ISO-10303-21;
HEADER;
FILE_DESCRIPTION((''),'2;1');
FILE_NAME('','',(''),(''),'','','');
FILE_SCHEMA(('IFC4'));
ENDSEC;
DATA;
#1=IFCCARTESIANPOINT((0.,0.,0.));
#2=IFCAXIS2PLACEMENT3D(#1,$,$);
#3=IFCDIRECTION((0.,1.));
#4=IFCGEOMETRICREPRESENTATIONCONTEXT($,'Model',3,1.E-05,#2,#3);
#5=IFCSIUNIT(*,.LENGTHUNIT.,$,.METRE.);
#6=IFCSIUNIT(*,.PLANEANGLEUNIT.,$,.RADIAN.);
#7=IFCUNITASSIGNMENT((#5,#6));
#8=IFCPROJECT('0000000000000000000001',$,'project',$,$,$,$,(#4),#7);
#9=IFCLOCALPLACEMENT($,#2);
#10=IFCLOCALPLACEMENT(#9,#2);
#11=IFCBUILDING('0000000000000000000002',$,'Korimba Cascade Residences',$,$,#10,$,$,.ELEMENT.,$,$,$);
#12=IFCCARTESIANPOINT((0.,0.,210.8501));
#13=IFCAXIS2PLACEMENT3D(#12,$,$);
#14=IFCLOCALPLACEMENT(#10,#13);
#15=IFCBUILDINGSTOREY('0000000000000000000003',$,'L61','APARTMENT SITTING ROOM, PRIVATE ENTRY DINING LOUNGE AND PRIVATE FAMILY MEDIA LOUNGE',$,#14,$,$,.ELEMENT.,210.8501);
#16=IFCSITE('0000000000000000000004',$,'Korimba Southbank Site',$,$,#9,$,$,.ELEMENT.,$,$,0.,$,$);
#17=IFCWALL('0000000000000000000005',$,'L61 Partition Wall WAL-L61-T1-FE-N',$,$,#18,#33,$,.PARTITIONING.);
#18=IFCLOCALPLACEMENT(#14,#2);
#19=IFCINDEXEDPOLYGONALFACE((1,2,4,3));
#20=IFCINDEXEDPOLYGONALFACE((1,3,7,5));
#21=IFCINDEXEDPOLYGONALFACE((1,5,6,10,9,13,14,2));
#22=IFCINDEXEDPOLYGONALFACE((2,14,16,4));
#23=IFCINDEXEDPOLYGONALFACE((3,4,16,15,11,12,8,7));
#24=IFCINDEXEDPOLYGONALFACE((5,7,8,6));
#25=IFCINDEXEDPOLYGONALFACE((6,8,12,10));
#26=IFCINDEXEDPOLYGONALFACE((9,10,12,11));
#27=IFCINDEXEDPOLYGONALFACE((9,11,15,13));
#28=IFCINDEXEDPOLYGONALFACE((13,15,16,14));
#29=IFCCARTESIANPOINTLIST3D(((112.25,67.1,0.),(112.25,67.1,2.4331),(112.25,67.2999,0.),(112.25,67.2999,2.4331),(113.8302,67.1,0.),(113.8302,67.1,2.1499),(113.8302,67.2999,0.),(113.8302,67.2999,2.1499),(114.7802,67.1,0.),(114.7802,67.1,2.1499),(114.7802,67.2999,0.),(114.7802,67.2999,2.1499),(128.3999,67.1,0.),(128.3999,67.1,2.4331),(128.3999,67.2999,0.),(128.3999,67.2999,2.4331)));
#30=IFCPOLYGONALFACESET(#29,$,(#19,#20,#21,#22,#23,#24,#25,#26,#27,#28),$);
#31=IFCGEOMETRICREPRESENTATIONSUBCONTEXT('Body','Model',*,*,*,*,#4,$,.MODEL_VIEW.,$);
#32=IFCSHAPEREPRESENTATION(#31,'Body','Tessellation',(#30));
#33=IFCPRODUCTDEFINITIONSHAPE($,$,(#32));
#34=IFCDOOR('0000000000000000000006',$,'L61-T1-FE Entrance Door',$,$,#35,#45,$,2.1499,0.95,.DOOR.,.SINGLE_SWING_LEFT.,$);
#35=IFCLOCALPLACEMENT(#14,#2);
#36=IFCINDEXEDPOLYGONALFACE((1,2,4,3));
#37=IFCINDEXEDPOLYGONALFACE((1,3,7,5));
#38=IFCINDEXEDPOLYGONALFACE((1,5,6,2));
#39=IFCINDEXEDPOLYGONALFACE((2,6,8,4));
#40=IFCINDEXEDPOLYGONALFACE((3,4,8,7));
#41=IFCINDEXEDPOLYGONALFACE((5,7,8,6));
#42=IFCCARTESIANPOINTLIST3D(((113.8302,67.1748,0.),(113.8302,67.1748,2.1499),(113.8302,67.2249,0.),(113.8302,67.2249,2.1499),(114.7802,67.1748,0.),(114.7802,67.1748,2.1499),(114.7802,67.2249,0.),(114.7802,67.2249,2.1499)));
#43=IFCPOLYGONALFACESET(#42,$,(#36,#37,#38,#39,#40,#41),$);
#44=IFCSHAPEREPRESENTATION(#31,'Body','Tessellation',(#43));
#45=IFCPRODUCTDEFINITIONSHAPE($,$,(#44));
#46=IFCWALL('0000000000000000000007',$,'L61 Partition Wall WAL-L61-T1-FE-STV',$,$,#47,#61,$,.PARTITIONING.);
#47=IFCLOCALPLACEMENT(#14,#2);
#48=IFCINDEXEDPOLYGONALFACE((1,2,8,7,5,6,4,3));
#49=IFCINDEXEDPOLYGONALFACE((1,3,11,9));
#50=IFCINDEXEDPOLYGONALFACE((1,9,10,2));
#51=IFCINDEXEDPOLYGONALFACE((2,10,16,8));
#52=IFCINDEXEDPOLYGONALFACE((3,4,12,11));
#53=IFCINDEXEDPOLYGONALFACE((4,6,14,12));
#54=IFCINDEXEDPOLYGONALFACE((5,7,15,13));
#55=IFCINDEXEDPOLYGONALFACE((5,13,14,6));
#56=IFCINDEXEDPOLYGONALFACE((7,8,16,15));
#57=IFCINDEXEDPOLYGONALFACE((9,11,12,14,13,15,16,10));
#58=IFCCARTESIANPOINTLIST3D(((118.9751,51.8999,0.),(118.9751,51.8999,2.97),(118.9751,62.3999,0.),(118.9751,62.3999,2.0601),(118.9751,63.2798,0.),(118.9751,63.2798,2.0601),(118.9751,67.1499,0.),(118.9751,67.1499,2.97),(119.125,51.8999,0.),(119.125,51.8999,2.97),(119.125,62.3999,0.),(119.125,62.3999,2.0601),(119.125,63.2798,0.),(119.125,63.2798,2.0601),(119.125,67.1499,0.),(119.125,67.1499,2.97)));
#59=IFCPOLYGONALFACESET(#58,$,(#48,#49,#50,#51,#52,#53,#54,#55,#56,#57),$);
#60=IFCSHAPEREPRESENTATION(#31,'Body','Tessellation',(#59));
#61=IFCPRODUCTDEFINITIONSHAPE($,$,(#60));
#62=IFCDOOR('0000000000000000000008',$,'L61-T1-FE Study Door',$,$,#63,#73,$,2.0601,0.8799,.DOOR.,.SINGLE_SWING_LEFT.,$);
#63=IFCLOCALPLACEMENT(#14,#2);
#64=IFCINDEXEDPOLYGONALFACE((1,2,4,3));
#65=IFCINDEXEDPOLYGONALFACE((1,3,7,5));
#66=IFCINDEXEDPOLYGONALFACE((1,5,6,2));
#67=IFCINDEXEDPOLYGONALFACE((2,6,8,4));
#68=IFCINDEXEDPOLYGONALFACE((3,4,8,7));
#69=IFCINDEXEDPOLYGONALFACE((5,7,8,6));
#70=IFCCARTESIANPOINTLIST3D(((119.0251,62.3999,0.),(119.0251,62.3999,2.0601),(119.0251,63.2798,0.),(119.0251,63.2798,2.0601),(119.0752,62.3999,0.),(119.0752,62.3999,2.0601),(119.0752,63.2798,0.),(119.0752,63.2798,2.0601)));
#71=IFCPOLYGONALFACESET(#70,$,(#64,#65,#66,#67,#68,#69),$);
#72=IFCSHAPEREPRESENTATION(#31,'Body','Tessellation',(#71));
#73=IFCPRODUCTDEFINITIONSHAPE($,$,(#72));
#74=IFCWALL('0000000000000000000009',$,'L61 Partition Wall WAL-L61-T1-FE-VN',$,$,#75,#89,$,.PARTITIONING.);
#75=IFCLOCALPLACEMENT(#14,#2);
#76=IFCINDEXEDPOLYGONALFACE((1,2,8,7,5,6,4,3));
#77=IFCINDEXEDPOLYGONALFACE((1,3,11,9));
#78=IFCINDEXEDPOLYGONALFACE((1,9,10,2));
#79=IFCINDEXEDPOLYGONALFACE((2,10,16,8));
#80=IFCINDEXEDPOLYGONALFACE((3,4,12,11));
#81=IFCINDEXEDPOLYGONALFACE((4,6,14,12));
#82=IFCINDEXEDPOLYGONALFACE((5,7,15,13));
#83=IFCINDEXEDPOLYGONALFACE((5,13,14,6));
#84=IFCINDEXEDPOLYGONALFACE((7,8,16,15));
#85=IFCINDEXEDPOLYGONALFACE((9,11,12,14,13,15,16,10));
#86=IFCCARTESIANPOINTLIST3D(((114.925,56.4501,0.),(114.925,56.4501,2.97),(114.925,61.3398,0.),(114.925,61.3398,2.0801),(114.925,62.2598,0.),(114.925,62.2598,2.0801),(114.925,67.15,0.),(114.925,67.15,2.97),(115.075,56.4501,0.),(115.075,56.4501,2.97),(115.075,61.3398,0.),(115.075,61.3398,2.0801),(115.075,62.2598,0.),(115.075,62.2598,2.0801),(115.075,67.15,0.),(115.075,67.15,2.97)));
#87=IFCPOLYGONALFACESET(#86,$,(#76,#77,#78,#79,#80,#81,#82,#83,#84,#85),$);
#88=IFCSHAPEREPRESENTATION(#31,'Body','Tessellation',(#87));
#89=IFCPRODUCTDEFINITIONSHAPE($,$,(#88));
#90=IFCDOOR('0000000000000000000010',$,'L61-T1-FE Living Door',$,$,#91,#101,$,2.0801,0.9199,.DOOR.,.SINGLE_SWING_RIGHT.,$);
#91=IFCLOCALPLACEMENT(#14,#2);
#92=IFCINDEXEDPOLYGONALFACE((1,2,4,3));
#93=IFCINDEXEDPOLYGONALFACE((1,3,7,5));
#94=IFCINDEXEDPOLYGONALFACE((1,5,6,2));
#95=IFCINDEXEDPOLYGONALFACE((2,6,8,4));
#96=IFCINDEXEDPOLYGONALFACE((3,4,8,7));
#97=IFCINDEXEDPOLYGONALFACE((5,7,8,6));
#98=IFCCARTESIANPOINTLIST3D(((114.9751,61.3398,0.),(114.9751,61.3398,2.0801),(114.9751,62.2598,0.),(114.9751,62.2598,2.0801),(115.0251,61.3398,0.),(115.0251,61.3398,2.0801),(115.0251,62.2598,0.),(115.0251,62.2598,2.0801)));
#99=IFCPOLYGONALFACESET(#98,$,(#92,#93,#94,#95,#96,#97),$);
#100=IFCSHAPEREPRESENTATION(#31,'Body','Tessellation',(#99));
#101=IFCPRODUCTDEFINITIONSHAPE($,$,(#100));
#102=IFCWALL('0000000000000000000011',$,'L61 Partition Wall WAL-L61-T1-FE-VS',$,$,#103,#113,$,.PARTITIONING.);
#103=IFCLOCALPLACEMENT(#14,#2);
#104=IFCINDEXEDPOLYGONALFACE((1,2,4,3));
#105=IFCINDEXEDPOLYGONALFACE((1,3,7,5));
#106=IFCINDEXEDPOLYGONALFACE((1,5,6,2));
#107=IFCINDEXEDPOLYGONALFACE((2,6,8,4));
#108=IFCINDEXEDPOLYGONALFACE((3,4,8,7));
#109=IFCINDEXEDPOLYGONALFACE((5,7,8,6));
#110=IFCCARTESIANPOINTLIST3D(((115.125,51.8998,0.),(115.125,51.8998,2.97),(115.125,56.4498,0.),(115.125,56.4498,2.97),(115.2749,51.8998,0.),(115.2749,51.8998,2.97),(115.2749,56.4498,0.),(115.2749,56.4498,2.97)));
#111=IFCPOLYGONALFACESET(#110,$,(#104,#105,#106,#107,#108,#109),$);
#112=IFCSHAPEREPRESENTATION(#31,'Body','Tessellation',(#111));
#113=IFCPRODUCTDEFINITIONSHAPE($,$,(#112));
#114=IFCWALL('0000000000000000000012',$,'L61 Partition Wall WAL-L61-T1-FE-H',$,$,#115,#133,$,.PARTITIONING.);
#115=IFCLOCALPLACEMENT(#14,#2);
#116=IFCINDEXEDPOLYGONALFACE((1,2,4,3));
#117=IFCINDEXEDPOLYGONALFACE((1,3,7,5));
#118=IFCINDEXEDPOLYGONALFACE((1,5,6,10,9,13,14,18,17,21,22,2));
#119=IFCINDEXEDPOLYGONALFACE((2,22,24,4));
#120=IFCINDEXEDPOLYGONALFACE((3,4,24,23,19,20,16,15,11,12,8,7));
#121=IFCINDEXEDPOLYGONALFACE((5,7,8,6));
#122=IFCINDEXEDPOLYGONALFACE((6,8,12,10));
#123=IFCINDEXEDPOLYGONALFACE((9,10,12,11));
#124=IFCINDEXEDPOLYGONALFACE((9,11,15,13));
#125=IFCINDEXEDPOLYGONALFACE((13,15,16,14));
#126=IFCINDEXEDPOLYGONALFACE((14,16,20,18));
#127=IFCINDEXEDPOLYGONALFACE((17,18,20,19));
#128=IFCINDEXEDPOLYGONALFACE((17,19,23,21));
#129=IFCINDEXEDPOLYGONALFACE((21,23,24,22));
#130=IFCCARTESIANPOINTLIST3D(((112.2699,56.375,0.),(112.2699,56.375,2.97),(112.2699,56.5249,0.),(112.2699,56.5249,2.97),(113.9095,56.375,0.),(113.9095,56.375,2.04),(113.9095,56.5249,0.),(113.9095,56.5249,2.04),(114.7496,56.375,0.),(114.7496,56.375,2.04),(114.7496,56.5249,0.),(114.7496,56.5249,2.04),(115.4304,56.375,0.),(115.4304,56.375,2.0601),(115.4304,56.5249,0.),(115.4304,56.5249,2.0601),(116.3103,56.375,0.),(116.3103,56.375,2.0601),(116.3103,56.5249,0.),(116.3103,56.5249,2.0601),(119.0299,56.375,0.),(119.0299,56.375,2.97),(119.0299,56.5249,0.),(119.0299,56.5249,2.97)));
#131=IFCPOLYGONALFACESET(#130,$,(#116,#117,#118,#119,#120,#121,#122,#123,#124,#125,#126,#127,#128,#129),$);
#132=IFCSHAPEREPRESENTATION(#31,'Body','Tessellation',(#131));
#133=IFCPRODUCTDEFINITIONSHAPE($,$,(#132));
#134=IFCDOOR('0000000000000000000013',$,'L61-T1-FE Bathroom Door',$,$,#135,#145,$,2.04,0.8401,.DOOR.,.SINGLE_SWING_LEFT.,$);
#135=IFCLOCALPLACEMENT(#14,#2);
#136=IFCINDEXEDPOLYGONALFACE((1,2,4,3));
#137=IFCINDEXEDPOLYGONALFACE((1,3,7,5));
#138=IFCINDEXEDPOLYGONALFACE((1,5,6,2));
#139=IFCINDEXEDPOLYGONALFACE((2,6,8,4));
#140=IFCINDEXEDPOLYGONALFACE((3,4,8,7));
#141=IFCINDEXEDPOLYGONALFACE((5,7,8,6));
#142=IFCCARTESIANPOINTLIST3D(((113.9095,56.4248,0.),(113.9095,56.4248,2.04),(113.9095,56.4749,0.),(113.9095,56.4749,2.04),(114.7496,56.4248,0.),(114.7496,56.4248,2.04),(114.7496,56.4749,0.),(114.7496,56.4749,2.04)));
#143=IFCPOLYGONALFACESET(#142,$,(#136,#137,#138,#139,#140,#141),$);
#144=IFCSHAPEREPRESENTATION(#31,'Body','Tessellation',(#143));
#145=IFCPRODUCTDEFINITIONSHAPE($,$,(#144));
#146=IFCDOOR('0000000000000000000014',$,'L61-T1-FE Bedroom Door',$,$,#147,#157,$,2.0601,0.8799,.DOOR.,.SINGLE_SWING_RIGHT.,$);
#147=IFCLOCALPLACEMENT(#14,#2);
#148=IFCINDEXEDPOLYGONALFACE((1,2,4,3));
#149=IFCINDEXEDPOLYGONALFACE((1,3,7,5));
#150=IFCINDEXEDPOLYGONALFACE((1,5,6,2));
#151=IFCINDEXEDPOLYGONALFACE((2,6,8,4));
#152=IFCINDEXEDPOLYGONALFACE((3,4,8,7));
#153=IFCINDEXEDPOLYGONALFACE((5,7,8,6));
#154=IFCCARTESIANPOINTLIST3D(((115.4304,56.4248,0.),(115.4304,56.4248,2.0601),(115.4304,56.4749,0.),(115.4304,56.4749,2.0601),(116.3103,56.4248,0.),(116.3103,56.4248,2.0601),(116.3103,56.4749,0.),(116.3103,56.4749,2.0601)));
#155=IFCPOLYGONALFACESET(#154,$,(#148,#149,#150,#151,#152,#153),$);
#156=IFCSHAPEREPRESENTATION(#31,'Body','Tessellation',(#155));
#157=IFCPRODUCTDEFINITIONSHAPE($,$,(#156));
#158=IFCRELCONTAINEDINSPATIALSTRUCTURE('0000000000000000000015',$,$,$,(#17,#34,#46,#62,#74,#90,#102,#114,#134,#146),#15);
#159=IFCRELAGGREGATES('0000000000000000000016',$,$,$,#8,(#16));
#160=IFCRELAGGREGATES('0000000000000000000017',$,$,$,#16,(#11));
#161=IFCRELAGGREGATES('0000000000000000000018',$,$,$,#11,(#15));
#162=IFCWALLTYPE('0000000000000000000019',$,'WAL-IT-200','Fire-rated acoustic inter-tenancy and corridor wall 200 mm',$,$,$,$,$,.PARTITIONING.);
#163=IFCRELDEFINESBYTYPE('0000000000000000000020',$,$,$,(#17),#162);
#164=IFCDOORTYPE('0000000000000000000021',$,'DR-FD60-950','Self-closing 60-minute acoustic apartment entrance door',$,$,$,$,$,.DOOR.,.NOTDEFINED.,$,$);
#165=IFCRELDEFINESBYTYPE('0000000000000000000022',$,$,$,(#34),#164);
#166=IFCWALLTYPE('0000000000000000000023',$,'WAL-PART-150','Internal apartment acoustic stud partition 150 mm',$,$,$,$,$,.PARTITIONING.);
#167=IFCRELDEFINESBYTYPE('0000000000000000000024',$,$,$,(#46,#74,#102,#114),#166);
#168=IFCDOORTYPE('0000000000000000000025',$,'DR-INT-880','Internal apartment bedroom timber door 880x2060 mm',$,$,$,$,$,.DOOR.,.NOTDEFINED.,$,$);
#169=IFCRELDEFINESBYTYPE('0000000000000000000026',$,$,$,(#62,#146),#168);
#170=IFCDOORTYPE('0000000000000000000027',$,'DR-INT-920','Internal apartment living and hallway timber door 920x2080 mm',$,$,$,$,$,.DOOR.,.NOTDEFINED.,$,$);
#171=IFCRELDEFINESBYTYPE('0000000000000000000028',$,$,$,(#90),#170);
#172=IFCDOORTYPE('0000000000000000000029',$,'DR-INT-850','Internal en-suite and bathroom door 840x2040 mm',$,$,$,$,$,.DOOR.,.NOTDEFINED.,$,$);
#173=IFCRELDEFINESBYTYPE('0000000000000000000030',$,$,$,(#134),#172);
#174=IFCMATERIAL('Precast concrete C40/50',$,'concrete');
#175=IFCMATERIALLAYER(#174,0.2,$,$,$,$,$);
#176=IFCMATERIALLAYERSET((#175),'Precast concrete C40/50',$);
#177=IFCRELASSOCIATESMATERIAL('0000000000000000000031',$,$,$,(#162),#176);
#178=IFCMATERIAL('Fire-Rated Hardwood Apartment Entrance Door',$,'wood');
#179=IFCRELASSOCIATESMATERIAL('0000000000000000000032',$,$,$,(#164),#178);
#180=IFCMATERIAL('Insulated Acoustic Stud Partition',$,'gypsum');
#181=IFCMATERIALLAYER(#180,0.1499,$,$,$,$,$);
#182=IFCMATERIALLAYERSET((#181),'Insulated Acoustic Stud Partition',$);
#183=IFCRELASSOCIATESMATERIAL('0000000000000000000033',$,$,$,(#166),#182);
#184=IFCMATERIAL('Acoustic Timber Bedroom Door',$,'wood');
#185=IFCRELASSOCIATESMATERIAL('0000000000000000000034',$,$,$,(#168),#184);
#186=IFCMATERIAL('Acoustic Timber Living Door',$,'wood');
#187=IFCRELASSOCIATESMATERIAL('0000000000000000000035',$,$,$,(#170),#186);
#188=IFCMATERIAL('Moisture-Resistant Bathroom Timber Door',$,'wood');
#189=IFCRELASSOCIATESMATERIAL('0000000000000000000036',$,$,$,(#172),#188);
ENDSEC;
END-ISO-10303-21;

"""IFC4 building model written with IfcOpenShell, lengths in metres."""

from ifc_helpers import new_model, si_unit, direction, frame, frame_2d, origin, place, context, subcontext, project, spatial, rectangle, extrude, material, layer, layer_set, type_object, element, fill, save


model = new_model("IFC4")

# Units and contexts
model_context = context("Model", 3, precision=1e-05, world=origin(), true_north=direction((0.0, 1.0)))
body_context = subcontext(model_context, "Body", "Model", "MODEL_VIEW")
ifc_project = project(units=[si_unit("LENGTHUNIT", "METRE"), si_unit("PLANEANGLEUNIT", "RADIAN")], contexts=[model_context])

# Site, building, storey
site_placement = place(None, origin())
site = spatial("IfcSite", under=ifc_project, at=site_placement, Name="Korimba Southbank Site", CompositionType="ELEMENT", RefElevation=0.0)
building_placement = place(site_placement, origin())
building = spatial("IfcBuilding", under=site, at=building_placement, Name="Korimba Cascade Residences", CompositionType="ELEMENT")
storey_placement = place(building_placement, frame((0.0, 0.0, 210.8501)))
storey = spatial("IfcBuildingStorey", under=building, at=storey_placement, Name="L61", Description="APARTMENT SITTING ROOM, PRIVATE ENTRY DINING LOUNGE AND PRIVATE FAMILY MEDIA LOUNGE", CompositionType="ELEMENT", Elevation=210.8501)

# Walls, openings, doors
ifc_material_1 = material(Name="Precast concrete C40/50", Category="concrete")
ifc_layer_1 = layer(ifc_material_1, 0.2)
ifc_layer_set_1 = layer_set([ifc_layer_1], Name="Precast concrete C40/50")
wall_type_1 = type_object("IfcWallType", Name="WAL-IT-200", Description="Fire-rated acoustic inter-tenancy and corridor wall 200 mm", PredefinedType="PARTITIONING", material=ifc_layer_set_1)
wall_1_placement = place(storey_placement, frame((112.25, 67.2, 0.0), z_axis=(0.0, 0.0, 1.0), x_axis=(1.0, 0.0, 0.0)))
wall_1 = element("IfcWall", 1, at=wall_1_placement, inside=storey, type_object=wall_type_1, Name="L61 Partition Wall WAL-L61-T1-FE-N", PredefinedType="PARTITIONING", context=body_context, shape_type="SweptSolid", body=[
    extrude(rectangle(XDim=16.1499, YDim=0.2, at=frame_2d((8.075, 0.0))), origin(), (0.0, 0.0, 1.0), 2.4331),
])
opening_1_placement = place(wall_1_placement, frame((1.5801, 0.0, 0.0)))
opening_1 = element("IfcOpeningElement", 2, at=opening_1_placement, cuts=wall_1, PredefinedType="OPENING", context=body_context, shape_type="SweptSolid", body=[
    extrude(rectangle(XDim=0.95, YDim=2.1499, at=frame_2d((0.4751, 1.075))), frame((0.0, 0.1099, 0.0), z_axis=(0.0, -1.0, 0.0), x_axis=(1.0, 0.0, 0.0)), (0.0, 0.0, 1.0), 0.22),
])
ifc_material_2 = material(Name="Fire-Rated Hardwood Apartment Entrance Door", Category="wood")
door_type_1 = type_object("IfcDoorType", Name="DR-FD60-950", Description="Self-closing 60-minute acoustic apartment entrance door", OperationType="NOTDEFINED", PredefinedType="DOOR", material=ifc_material_2)
door_1_placement = place(opening_1_placement, origin())
door_1 = element("IfcDoor", 3, at=door_1_placement, inside=storey, type_object=door_type_1, Name="L61-T1-FE Entrance Door", OperationType="SINGLE_SWING_LEFT", OverallHeight=2.1499, OverallWidth=0.95, PredefinedType="DOOR", context=body_context, shape_type="SweptSolid", body=[
    extrude(rectangle(XDim=0.95, YDim=2.1499, at=frame_2d((0.4751, 1.075))), frame((0.0, 0.0249, 0.0), z_axis=(0.0, -1.0, 0.0), x_axis=(1.0, 0.0, 0.0)), (0.0, 0.0, 1.0), 0.05),
])
fill(opening_1, door_1)
ifc_material_3 = material(Name="Insulated Acoustic Stud Partition", Category="gypsum")
ifc_layer_2 = layer(ifc_material_3, 0.1499)
ifc_layer_set_2 = layer_set([ifc_layer_2], Name="Insulated Acoustic Stud Partition")
wall_type_2 = type_object("IfcWallType", Name="WAL-PART-150", Description="Internal apartment acoustic stud partition 150 mm", PredefinedType="PARTITIONING", material=ifc_layer_set_2)
wall_2_placement = place(storey_placement, frame((119.05, 51.8999, 0.0), z_axis=(0.0, 0.0, 1.0), x_axis=(0.0, 1.0, 0.0)))
wall_2 = element("IfcWall", 4, at=wall_2_placement, inside=storey, type_object=wall_type_2, Name="L61 Partition Wall WAL-L61-T1-FE-STV", PredefinedType="PARTITIONING", context=body_context, shape_type="SweptSolid", body=[
    extrude(rectangle(XDim=15.25, YDim=0.1499, at=frame_2d((7.625, 0.0))), origin(), (0.0, 0.0, 1.0), 2.97),
])
opening_2_placement = place(wall_2_placement, frame((10.5, 0.0, 0.0)))
opening_2 = element("IfcOpeningElement", 5, at=opening_2_placement, cuts=wall_2, PredefinedType="OPENING", context=body_context, shape_type="SweptSolid", body=[
    extrude(rectangle(XDim=0.8799, YDim=2.0601, at=frame_2d((0.4399, 1.03))), frame((0.0, 0.085, 0.0), z_axis=(0.0, -1.0, 0.0), x_axis=(1.0, 0.0, 0.0)), (0.0, 0.0, 1.0), 0.1699),
])
ifc_material_4 = material(Name="Acoustic Timber Bedroom Door", Category="wood")
door_type_2 = type_object("IfcDoorType", Name="DR-INT-880", Description="Internal apartment bedroom timber door 880x2060 mm", OperationType="NOTDEFINED", PredefinedType="DOOR", material=ifc_material_4)
door_2_placement = place(opening_2_placement, origin())
door_2 = element("IfcDoor", 6, at=door_2_placement, inside=storey, type_object=door_type_2, Name="L61-T1-FE Study Door", OperationType="SINGLE_SWING_LEFT", OverallHeight=2.0601, OverallWidth=0.8799, PredefinedType="DOOR", context=body_context, shape_type="SweptSolid", body=[
    extrude(rectangle(XDim=0.8799, YDim=2.0601, at=frame_2d((0.4399, 1.03))), frame((0.0, 0.0249, 0.0), z_axis=(0.0, -1.0, 0.0), x_axis=(1.0, 0.0, 0.0)), (0.0, 0.0, 1.0), 0.05),
])
fill(opening_2, door_2)
wall_3_placement = place(storey_placement, frame((115.0, 56.45, 0.0), z_axis=(0.0, 0.0, 1.0), x_axis=(0.0, 1.0, 0.0)))
wall_3 = element("IfcWall", 7, at=wall_3_placement, inside=storey, type_object=wall_type_2, Name="L61 Partition Wall WAL-L61-T1-FE-VN", PredefinedType="PARTITIONING", context=body_context, shape_type="SweptSolid", body=[
    extrude(rectangle(XDim=10.7, YDim=0.1499, at=frame_2d((5.3501, 0.0))), origin(), (0.0, 0.0, 1.0), 2.97),
])
opening_3_placement = place(wall_3_placement, frame((4.8899, 0.0, 0.0)))
opening_3 = element("IfcOpeningElement", 8, at=opening_3_placement, cuts=wall_3, PredefinedType="OPENING", context=body_context, shape_type="SweptSolid", body=[
    extrude(rectangle(XDim=0.9199, YDim=2.0801, at=frame_2d((0.46, 1.04))), frame((0.0, 0.085, 0.0), z_axis=(0.0, -1.0, 0.0), x_axis=(1.0, 0.0, 0.0)), (0.0, 0.0, 1.0), 0.1699),
])
ifc_material_5 = material(Name="Acoustic Timber Living Door", Category="wood")
door_type_3 = type_object("IfcDoorType", Name="DR-INT-920", Description="Internal apartment living and hallway timber door 920x2080 mm", OperationType="NOTDEFINED", PredefinedType="DOOR", material=ifc_material_5)
door_3_placement = place(opening_3_placement, origin())
door_3 = element("IfcDoor", 9, at=door_3_placement, inside=storey, type_object=door_type_3, Name="L61-T1-FE Living Door", OperationType="SINGLE_SWING_RIGHT", OverallHeight=2.0801, OverallWidth=0.9199, PredefinedType="DOOR", context=body_context, shape_type="SweptSolid", body=[
    extrude(rectangle(XDim=0.9199, YDim=2.0801, at=frame_2d((0.46, 1.04))), frame((0.0, 0.0249, 0.0), z_axis=(0.0, -1.0, 0.0), x_axis=(1.0, 0.0, 0.0)), (0.0, 0.0, 1.0), 0.05),
])
fill(opening_3, door_3)

# Wall
wall_4_placement = place(storey_placement, frame((115.2, 51.8999, 0.0), z_axis=(0.0, 0.0, 1.0), x_axis=(0.0, 1.0, 0.0)))
element("IfcWall", 10, at=wall_4_placement, inside=storey, type_object=wall_type_2, Name="L61 Partition Wall WAL-L61-T1-FE-VS", PredefinedType="PARTITIONING", context=body_context, shape_type="SweptSolid", body=[
    extrude(rectangle(XDim=4.55, YDim=0.1499, at=frame_2d((2.2749, 0.0))), origin(), (0.0, 0.0, 1.0), 2.97),
])

# Wall, openings, doors
wall_5_placement = place(storey_placement, frame((112.27, 56.45, 0.0), z_axis=(0.0, 0.0, 1.0), x_axis=(1.0, 0.0, 0.0)))
wall_5 = element("IfcWall", 11, at=wall_5_placement, inside=storey, type_object=wall_type_2, Name="L61 Partition Wall WAL-L61-T1-FE-H", PredefinedType="PARTITIONING", context=body_context, shape_type="SweptSolid", body=[
    extrude(rectangle(XDim=6.76, YDim=0.1499, at=frame_2d((3.3799, 0.0))), origin(), (0.0, 0.0, 1.0), 2.97),
])
opening_4_placement = place(wall_5_placement, frame((1.6396, 0.0, 0.0)))
opening_4 = element("IfcOpeningElement", 12, at=opening_4_placement, cuts=wall_5, PredefinedType="OPENING", context=body_context, shape_type="SweptSolid", body=[
    extrude(rectangle(XDim=0.8401, YDim=2.04, at=frame_2d((0.4199, 1.02))), frame((0.0, 0.085, 0.0), z_axis=(0.0, -1.0, 0.0), x_axis=(1.0, 0.0, 0.0)), (0.0, 0.0, 1.0), 0.1699),
])
opening_5_placement = place(wall_5_placement, frame((3.1604, 0.0, 0.0)))
opening_5 = element("IfcOpeningElement", 13, at=opening_5_placement, cuts=wall_5, PredefinedType="OPENING", context=body_context, shape_type="SweptSolid", body=[
    extrude(rectangle(XDim=0.8799, YDim=2.0601, at=frame_2d((0.4399, 1.03))), frame((0.0, 0.085, 0.0), z_axis=(0.0, -1.0, 0.0), x_axis=(1.0, 0.0, 0.0)), (0.0, 0.0, 1.0), 0.1699),
])
ifc_material_6 = material(Name="Moisture-Resistant Bathroom Timber Door", Category="wood")
door_type_4 = type_object("IfcDoorType", Name="DR-INT-850", Description="Internal en-suite and bathroom door 840x2040 mm", OperationType="NOTDEFINED", PredefinedType="DOOR", material=ifc_material_6)
door_4_placement = place(opening_4_placement, origin())
door_4 = element("IfcDoor", 14, at=door_4_placement, inside=storey, type_object=door_type_4, Name="L61-T1-FE Bathroom Door", OperationType="SINGLE_SWING_LEFT", OverallHeight=2.04, OverallWidth=0.8401, PredefinedType="DOOR", context=body_context, shape_type="SweptSolid", body=[
    extrude(rectangle(XDim=0.8401, YDim=2.04, at=frame_2d((0.4199, 1.02))), frame((0.0, 0.0249, 0.0), z_axis=(0.0, -1.0, 0.0), x_axis=(1.0, 0.0, 0.0)), (0.0, 0.0, 1.0), 0.05),
])
fill(opening_4, door_4)
door_5_placement = place(opening_5_placement, origin())
door_5 = element("IfcDoor", 15, at=door_5_placement, inside=storey, type_object=door_type_2, Name="L61-T1-FE Bedroom Door", OperationType="SINGLE_SWING_RIGHT", OverallHeight=2.0601, OverallWidth=0.8799, PredefinedType="DOOR", context=body_context, shape_type="SweptSolid", body=[
    extrude(rectangle(XDim=0.8799, YDim=2.0601, at=frame_2d((0.4399, 1.03))), frame((0.0, 0.0249, 0.0), z_axis=(0.0, -1.0, 0.0), x_axis=(1.0, 0.0, 0.0)), (0.0, 0.0, 1.0), 0.05),
])
fill(opening_5, door_5)

save(model, "model.ifc")
